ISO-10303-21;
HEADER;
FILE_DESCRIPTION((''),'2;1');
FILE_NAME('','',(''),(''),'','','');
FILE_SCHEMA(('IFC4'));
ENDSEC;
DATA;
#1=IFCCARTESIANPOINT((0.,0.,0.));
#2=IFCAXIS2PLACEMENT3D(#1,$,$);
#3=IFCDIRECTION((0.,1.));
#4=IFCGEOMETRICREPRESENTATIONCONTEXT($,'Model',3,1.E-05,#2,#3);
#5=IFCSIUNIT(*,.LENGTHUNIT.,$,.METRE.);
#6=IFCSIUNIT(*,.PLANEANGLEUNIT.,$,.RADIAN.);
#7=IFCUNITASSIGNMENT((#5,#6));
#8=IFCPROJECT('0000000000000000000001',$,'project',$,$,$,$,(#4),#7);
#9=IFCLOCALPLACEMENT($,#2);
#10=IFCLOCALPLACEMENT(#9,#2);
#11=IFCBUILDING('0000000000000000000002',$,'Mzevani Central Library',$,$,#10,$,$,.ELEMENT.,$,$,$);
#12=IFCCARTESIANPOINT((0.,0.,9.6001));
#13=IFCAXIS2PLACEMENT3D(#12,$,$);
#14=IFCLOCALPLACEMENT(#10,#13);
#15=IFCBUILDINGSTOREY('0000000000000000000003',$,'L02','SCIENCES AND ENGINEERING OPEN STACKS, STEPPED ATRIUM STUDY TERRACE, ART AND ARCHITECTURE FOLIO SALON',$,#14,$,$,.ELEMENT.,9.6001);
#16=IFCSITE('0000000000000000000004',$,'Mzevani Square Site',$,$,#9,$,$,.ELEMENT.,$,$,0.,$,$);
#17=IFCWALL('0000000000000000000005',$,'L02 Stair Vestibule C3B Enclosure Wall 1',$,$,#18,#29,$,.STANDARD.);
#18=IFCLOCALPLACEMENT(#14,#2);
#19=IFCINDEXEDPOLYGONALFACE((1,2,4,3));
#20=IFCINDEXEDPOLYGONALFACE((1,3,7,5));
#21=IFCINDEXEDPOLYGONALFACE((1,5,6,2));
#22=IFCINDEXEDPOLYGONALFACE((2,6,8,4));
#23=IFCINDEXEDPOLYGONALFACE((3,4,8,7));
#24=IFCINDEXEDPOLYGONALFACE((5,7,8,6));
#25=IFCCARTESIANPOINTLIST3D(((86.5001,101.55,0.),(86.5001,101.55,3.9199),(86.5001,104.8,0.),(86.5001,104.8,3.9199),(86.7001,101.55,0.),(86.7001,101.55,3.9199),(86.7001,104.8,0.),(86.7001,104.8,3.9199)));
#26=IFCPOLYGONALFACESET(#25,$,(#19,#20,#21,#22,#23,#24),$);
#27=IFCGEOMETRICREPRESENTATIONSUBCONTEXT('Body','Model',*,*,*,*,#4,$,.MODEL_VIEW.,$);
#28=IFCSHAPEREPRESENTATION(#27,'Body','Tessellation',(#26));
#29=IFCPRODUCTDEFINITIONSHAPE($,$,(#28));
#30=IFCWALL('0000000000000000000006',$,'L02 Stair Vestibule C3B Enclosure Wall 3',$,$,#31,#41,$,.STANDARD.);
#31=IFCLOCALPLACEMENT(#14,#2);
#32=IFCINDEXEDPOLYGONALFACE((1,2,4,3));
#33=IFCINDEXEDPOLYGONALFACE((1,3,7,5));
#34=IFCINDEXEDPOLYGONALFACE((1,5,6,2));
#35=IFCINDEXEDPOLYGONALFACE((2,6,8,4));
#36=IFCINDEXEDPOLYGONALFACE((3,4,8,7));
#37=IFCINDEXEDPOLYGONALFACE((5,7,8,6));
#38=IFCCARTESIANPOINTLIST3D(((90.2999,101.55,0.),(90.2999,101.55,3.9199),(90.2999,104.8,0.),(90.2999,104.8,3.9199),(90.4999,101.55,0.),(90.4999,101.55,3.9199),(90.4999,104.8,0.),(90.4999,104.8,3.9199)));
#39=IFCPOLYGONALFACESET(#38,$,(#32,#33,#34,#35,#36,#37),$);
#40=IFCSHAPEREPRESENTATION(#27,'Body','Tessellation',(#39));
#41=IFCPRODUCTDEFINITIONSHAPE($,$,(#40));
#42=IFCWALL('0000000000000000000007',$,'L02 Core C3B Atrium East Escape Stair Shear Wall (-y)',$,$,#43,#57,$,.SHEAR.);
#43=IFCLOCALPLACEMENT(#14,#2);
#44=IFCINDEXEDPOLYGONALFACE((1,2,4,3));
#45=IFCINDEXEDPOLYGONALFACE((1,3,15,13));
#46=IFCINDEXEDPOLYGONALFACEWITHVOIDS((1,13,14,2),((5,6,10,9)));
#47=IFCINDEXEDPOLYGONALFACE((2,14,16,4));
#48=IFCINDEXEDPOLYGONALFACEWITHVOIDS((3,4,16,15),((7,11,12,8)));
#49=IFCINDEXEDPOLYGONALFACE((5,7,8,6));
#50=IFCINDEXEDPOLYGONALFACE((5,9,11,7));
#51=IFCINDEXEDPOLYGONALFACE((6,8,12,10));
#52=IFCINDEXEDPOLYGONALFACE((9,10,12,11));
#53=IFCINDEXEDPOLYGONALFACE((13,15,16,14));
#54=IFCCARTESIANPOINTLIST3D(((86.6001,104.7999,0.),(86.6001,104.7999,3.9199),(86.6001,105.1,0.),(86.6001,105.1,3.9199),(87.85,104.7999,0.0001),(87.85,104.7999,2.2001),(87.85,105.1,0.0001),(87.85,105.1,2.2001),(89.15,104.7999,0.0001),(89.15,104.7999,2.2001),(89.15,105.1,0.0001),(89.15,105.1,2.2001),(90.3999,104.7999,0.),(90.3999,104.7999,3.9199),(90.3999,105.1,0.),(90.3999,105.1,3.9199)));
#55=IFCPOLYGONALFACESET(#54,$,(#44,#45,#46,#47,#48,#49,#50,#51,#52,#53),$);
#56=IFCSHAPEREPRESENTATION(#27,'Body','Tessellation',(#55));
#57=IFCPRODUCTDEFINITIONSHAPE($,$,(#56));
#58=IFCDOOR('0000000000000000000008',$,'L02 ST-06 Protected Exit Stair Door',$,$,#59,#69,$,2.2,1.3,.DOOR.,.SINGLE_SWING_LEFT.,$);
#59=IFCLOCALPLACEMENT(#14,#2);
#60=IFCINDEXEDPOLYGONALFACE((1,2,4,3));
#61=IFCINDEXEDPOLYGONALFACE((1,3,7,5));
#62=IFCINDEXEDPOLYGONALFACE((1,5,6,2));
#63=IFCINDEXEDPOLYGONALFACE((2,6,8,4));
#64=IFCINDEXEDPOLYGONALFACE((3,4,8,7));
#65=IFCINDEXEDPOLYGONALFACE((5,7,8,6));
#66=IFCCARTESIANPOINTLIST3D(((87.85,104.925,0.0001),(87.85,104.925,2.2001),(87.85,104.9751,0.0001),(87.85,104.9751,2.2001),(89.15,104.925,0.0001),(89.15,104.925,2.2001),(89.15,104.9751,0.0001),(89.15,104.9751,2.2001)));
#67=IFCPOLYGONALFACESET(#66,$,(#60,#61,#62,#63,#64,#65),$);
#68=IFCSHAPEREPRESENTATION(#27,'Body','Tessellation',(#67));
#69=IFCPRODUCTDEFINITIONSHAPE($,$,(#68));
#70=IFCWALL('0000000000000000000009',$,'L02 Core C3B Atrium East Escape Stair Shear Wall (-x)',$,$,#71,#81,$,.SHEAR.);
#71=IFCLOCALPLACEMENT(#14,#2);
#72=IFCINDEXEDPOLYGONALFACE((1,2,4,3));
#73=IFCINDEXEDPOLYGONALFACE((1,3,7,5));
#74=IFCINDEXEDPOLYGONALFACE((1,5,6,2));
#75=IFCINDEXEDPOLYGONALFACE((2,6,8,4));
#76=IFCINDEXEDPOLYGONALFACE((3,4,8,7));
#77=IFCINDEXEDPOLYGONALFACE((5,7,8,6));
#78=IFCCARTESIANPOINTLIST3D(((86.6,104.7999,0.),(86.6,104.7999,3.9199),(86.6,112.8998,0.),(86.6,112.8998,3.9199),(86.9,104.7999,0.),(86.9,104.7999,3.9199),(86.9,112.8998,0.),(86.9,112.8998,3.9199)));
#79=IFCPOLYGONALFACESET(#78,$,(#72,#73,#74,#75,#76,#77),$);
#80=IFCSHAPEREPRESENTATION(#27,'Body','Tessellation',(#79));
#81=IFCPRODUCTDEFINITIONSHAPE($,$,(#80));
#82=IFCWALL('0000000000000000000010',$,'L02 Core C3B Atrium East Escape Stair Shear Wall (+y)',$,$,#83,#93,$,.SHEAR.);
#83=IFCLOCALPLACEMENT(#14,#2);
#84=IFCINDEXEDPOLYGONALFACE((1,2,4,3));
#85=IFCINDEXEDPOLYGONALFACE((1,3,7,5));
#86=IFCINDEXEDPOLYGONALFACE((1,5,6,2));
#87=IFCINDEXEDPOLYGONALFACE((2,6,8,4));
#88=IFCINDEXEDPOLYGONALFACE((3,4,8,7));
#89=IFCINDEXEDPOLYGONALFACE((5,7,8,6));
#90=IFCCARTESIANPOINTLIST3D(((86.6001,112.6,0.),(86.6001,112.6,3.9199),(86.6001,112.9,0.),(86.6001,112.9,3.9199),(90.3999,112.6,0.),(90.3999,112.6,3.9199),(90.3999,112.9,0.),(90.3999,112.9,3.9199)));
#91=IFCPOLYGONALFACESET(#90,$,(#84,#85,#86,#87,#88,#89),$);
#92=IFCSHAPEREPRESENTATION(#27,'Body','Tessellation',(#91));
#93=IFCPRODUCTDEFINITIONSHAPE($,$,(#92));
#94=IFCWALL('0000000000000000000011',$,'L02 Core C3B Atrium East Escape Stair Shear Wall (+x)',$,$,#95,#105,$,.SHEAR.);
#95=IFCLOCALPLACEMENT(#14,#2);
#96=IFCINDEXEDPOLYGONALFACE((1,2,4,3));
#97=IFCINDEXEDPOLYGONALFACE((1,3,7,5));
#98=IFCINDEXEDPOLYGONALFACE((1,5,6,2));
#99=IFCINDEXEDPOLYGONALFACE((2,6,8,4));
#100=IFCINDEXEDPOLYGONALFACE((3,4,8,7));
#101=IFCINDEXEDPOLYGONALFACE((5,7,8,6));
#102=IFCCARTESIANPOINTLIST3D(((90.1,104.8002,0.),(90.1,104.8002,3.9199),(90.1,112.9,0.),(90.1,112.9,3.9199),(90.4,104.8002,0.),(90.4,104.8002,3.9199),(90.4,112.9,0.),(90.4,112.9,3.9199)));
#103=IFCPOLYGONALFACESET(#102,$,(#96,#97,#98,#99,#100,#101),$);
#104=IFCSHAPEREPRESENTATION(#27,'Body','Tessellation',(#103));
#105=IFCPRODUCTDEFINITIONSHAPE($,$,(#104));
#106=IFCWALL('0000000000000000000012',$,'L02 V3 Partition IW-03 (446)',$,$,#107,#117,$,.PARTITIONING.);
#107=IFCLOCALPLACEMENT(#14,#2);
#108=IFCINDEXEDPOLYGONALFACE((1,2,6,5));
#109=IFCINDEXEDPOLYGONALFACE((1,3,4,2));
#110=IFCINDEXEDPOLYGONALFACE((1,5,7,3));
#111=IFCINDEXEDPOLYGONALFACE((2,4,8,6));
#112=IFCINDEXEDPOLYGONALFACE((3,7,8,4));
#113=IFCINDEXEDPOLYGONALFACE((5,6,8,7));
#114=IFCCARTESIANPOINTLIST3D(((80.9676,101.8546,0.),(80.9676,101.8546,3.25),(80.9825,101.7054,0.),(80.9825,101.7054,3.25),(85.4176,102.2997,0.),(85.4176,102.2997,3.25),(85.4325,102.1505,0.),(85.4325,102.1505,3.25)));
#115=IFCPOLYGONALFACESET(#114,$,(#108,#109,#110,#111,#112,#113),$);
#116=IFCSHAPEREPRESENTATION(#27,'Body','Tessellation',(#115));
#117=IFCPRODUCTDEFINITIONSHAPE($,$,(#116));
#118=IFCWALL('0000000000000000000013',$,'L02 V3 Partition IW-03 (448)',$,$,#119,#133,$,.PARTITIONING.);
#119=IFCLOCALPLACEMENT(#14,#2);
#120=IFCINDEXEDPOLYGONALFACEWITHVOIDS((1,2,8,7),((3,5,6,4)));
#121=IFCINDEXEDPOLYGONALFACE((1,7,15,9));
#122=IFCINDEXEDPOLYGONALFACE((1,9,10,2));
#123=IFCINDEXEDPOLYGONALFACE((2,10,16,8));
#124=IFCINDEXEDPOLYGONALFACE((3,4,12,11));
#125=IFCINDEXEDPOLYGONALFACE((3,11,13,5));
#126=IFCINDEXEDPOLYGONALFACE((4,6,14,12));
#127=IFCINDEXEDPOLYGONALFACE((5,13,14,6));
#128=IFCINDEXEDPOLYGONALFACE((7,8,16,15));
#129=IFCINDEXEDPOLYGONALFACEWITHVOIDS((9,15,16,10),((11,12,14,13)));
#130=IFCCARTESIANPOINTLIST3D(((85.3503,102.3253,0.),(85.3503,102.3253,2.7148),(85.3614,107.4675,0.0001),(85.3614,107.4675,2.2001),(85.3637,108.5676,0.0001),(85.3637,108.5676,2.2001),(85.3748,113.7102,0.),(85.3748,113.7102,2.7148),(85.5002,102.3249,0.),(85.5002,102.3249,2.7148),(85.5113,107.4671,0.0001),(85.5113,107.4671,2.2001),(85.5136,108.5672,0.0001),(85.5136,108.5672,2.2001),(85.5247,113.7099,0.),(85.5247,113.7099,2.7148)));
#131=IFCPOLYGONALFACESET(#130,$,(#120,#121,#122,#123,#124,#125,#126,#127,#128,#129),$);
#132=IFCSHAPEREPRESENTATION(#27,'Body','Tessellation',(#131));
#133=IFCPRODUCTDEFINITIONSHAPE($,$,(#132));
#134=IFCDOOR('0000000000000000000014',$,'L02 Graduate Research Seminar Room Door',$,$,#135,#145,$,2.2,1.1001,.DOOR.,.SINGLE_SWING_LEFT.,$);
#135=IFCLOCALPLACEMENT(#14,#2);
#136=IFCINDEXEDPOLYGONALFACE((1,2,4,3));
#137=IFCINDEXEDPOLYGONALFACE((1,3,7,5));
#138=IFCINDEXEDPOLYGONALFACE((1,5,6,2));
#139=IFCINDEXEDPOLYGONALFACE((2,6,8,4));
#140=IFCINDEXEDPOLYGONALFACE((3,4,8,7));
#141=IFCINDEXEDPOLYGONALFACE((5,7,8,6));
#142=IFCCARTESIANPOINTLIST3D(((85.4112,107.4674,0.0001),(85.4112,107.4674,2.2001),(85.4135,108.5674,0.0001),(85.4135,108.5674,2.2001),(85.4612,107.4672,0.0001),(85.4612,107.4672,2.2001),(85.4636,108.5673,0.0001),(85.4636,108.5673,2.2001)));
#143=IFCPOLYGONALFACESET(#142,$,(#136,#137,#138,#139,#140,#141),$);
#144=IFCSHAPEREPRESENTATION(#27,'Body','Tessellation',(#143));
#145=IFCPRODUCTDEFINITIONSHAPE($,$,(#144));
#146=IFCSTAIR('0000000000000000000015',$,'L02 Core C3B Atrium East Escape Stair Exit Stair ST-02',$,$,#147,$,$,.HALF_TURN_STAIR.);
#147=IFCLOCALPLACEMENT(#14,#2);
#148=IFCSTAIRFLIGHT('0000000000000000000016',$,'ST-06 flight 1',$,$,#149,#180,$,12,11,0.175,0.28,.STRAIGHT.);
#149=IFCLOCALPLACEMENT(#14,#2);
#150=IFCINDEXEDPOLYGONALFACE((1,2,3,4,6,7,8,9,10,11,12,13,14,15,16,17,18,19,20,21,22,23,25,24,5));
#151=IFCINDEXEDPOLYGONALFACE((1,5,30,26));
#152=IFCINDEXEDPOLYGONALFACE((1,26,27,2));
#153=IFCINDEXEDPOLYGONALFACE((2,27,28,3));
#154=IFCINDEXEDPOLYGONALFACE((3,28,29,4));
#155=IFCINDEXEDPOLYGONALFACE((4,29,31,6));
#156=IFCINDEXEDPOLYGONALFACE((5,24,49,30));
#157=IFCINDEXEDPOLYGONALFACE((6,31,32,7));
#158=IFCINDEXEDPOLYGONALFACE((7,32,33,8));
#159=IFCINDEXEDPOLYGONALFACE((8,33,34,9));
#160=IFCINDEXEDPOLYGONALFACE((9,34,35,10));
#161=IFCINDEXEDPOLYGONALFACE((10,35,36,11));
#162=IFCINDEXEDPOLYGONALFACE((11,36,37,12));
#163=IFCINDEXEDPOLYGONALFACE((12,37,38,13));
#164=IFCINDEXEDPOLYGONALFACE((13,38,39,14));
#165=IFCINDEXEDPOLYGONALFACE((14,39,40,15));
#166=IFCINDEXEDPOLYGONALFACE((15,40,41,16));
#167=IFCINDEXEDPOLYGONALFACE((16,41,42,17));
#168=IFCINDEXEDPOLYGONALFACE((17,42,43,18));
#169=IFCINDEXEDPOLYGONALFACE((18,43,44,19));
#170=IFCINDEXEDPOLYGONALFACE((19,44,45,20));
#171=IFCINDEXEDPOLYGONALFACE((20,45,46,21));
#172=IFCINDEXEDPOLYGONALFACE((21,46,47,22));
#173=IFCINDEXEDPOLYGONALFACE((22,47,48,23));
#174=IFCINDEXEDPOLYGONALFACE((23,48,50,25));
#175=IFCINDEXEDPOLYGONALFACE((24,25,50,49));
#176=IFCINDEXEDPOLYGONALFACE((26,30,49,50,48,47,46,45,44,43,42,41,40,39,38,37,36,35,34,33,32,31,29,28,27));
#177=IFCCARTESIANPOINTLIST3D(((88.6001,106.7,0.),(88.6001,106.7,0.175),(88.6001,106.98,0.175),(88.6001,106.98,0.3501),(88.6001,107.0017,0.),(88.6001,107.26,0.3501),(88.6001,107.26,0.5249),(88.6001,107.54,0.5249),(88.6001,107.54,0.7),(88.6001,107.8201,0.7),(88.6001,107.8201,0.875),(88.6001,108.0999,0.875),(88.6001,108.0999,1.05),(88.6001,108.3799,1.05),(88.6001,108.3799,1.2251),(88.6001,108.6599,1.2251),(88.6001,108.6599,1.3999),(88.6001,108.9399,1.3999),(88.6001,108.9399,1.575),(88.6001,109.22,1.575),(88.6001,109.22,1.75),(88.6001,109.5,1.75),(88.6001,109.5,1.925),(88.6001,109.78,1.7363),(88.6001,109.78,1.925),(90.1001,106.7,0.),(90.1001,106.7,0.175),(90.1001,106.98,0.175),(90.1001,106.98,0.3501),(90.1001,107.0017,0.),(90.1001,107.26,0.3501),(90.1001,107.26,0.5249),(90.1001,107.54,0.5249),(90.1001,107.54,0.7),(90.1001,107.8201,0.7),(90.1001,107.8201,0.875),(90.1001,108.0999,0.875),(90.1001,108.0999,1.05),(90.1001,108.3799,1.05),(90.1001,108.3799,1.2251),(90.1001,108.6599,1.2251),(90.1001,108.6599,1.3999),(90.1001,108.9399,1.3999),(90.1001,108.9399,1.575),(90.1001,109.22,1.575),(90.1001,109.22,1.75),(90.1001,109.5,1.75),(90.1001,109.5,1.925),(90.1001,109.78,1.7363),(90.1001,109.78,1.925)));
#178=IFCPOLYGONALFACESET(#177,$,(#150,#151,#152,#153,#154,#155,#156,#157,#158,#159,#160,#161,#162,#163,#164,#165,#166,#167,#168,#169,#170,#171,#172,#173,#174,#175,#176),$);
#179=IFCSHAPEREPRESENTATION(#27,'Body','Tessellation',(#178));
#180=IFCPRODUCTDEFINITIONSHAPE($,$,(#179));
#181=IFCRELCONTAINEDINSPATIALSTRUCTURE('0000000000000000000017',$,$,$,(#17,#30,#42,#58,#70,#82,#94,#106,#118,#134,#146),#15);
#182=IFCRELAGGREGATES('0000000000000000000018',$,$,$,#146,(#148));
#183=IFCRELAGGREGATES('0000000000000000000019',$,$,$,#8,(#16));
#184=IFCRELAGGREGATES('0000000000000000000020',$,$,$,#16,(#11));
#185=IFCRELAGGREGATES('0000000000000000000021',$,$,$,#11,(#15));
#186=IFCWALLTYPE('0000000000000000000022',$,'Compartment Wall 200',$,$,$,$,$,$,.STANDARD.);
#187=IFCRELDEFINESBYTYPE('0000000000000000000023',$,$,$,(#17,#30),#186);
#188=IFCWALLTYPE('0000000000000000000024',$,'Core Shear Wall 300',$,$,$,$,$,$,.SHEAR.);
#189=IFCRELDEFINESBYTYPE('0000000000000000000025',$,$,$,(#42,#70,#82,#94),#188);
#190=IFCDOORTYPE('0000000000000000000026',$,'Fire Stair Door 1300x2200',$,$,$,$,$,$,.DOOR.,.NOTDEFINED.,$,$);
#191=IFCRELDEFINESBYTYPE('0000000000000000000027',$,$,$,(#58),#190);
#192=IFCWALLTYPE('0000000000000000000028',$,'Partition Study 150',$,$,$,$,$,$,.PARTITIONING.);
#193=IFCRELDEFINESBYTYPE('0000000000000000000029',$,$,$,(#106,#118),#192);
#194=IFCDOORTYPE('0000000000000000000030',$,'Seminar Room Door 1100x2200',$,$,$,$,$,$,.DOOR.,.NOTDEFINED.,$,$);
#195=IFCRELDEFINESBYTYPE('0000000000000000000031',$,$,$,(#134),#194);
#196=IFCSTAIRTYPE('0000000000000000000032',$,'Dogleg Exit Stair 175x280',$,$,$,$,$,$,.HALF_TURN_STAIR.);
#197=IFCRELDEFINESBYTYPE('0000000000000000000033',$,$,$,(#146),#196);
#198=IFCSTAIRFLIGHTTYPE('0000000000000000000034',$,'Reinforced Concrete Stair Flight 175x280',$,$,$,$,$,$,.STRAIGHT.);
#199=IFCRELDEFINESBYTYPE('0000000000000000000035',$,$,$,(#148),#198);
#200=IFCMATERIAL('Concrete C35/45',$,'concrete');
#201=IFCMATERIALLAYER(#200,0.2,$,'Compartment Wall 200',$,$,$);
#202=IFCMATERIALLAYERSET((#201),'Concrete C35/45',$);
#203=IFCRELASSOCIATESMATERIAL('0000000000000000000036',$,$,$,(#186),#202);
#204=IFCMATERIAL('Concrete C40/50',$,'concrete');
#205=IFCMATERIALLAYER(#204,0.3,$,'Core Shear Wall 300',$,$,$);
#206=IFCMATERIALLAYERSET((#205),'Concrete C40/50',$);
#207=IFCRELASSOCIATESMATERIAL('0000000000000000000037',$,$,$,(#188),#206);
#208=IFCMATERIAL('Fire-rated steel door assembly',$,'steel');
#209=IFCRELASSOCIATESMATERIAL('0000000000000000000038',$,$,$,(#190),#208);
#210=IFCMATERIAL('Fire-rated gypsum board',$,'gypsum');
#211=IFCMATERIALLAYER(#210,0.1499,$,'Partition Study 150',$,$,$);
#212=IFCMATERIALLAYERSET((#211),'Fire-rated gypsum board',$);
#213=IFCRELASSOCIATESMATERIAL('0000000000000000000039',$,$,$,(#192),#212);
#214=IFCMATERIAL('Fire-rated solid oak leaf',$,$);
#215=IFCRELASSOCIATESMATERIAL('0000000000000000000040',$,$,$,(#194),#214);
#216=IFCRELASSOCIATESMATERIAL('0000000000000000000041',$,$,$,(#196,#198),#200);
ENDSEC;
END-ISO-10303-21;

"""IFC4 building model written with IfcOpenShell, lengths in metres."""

from ifc_helpers import new_model, si_unit, direction, frame, frame_2d, origin, place, context, subcontext, project, spatial, polyline, rectangle, outline, extrude, material, layer, layer_set, type_object, element, fill, aggregate, save


model = new_model("IFC4")

# Units and contexts
model_context = context("Model", 3, precision=1e-05, world=origin(), true_north=direction((0.0, 1.0)))
body_context = subcontext(model_context, "Body", "Model", "MODEL_VIEW")
ifc_project = project(units=[si_unit("LENGTHUNIT", "METRE"), si_unit("PLANEANGLEUNIT", "RADIAN")], contexts=[model_context])

# Site, building, storey
site_placement = place(None, origin())
site = spatial("IfcSite", under=ifc_project, at=site_placement, Name="Mzevani Square Site", CompositionType="ELEMENT", RefElevation=0.0)
building_placement = place(site_placement, origin())
building = spatial("IfcBuilding", under=site, at=building_placement, Name="Mzevani Central Library", CompositionType="ELEMENT")
storey_placement = place(building_placement, frame((0.0, 0.0, 9.6001)))
storey = spatial("IfcBuildingStorey", under=building, at=storey_placement, Name="L02", Description="SCIENCES AND ENGINEERING OPEN STACKS, STEPPED ATRIUM STUDY TERRACE, ART AND ARCHITECTURE FOLIO SALON", CompositionType="ELEMENT", Elevation=9.6001)

# Shared definitions
ifc_material_1 = material(Name="Concrete C40/50", Category="concrete")

# Shared definitions
ifc_material_2 = material(Name="Concrete C35/45", Category="concrete")

# Walls
ifc_layer_1 = layer(ifc_material_2, 0.2, Name="Compartment Wall 200")
ifc_layer_set_1 = layer_set([ifc_layer_1], Name="Concrete C35/45")
wall_type_1 = type_object("IfcWallType", Name="Compartment Wall 200", PredefinedType="STANDARD", material=ifc_layer_set_1)
for number, where, z_axis, x_axis, name in (
    (1, (86.6001, 104.8, 0.0), (0.0, 0.0, 1.0), (0.0, -1.0, 0.0), "L02 Stair Vestibule C3B Enclosure Wall 1"),
    (2, (90.3999, 101.55, 0.0), (0.0, 0.0, 1.0), (0.0, 1.0, 0.0), "L02 Stair Vestibule C3B Enclosure Wall 3"),
):
    element("IfcWall", number, at=place(storey_placement, frame(where, z_axis=z_axis, x_axis=x_axis)), inside=storey, type_object=wall_type_1, Name=name, PredefinedType="STANDARD", context=body_context, shape_type="SweptSolid", body=[
        extrude(rectangle(XDim=3.25, YDim=0.2, at=frame_2d((1.625, 0.0))), origin(), (0.0, 0.0, 1.0), 3.9199),
    ])

# Wall, opening, door
ifc_layer_2 = layer(ifc_material_1, 0.3, Name="Core Shear Wall 300")
ifc_layer_set_2 = layer_set([ifc_layer_2], Name="Concrete C40/50")
wall_type_2 = type_object("IfcWallType", Name="Core Shear Wall 300", PredefinedType="SHEAR", material=ifc_layer_set_2)
wall_1_placement = place(storey_placement, frame((90.3999, 104.95, 0.0), z_axis=(0.0, 0.0, 1.0), x_axis=(-1.0, 0.0, 0.0)))
wall_1 = element("IfcWall", 3, at=wall_1_placement, inside=storey, type_object=wall_type_2, Name="L02 Core C3B Atrium East Escape Stair Shear Wall (-y)", PredefinedType="SHEAR", context=body_context, shape_type="SweptSolid", body=[
    extrude(rectangle(XDim=3.7998, YDim=0.3, at=frame_2d((1.8999, 0.0))), origin(), (0.0, 0.0, 1.0), 3.9199),
])
opening_1_placement = place(wall_1_placement, frame((1.25, 0.0, 0.0)))
opening_1 = element("IfcOpeningElement", 4, at=opening_1_placement, cuts=wall_1, PredefinedType="OPENING", context=body_context, shape_type="SweptSolid", body=[
    extrude(rectangle(XDim=1.3, YDim=2.2, at=frame_2d((0.6499, 1.1001))), frame((0.0, 0.1602, 0.0), z_axis=(0.0, -1.0, 0.0), x_axis=(1.0, 0.0, 0.0)), (0.0, 0.0, 1.0), 0.3201),
])
ifc_material_3 = material(Name="Fire-rated steel door assembly", Category="steel")
door_type_1 = type_object("IfcDoorType", Name="Fire Stair Door 1300x2200", OperationType="NOTDEFINED", PredefinedType="DOOR", material=ifc_material_3)
door_1_placement = place(opening_1_placement, origin())
door_1 = element("IfcDoor", 5, at=door_1_placement, inside=storey, type_object=door_type_1, Name="L02 ST-06 Protected Exit Stair Door", OperationType="SINGLE_SWING_LEFT", OverallHeight=2.2, OverallWidth=1.3, PredefinedType="DOOR", context=body_context, shape_type="SweptSolid", body=[
    extrude(rectangle(XDim=1.3, YDim=2.2, at=frame_2d((0.6499, 1.1001))), frame((0.0, 0.0249, 0.0), z_axis=(0.0, -1.0, 0.0), x_axis=(1.0, 0.0, 0.0)), (0.0, 0.0, 1.0), 0.05),
])
fill(opening_1, door_1)

# Walls
wall_2_placement = place(storey_placement, frame((86.75, 104.8, 0.0), z_axis=(0.0, 0.0, 1.0), x_axis=(0.0, 1.0, 0.0)))
element("IfcWall", 6, at=wall_2_placement, inside=storey, type_object=wall_type_2, Name="L02 Core C3B Atrium East Escape Stair Shear Wall (-x)", PredefinedType="SHEAR", context=body_context, shape_type="SweptSolid", body=[
    extrude(rectangle(XDim=8.0999, YDim=0.3, at=frame_2d((4.0498, 0.0))), origin(), (0.0, 0.0, 1.0), 3.9199),
])
wall_3_placement = place(storey_placement, frame((86.6001, 112.75, 0.0), z_axis=(0.0, 0.0, 1.0), x_axis=(1.0, 0.0, 0.0)))
element("IfcWall", 7, at=wall_3_placement, inside=storey, type_object=wall_type_2, Name="L02 Core C3B Atrium East Escape Stair Shear Wall (+y)", PredefinedType="SHEAR", context=body_context, shape_type="SweptSolid", body=[
    extrude(rectangle(XDim=3.7998, YDim=0.3, at=frame_2d((1.8999, 0.0))), origin(), (0.0, 0.0, 1.0), 3.9199),
])
wall_4_placement = place(storey_placement, frame((90.25, 112.8999, 0.0), z_axis=(0.0, 0.0, 1.0), x_axis=(0.0, -1.0, 0.0)))
element("IfcWall", 8, at=wall_4_placement, inside=storey, type_object=wall_type_2, Name="L02 Core C3B Atrium East Escape Stair Shear Wall (+x)", PredefinedType="SHEAR", context=body_context, shape_type="SweptSolid", body=[
    extrude(rectangle(XDim=8.0999, YDim=0.3, at=frame_2d((4.0498, 0.0))), origin(), (0.0, 0.0, 1.0), 3.9199),
])
ifc_material_4 = material(Name="Fire-rated gypsum board", Category="gypsum")
ifc_layer_3 = layer(ifc_material_4, 0.1499, Name="Partition Study 150")
ifc_layer_set_3 = layer_set([ifc_layer_3], Name="Fire-rated gypsum board")
wall_type_3 = type_object("IfcWallType", Name="Partition Study 150", PredefinedType="PARTITIONING", material=ifc_layer_set_3)
wall_5_placement = place(storey_placement, frame((85.425, 102.2251, 0.0), z_axis=(0.0, 0.0, 1.0), x_axis=(-0.995036, -0.09952, 0.0)))
element("IfcWall", 9, at=wall_5_placement, inside=storey, type_object=wall_type_3, Name="L02 V3 Partition IW-03 (446)", PredefinedType="PARTITIONING", context=body_context, shape_type="SweptSolid", body=[
    extrude(rectangle(XDim=4.4722, YDim=0.1499, at=frame_2d((2.2361, 0.0))), origin(), (0.0, 0.0, 1.0), 3.25),
])

# Wall, opening, door
wall_6_placement = place(storey_placement, frame((85.4497, 113.71, 0.0), z_axis=(0.0, 0.0, 1.0), x_axis=(-0.002144, -0.999998, 0.0)))
wall_6 = element("IfcWall", 10, at=wall_6_placement, inside=storey, type_object=wall_type_3, Name="L02 V3 Partition IW-03 (448)", PredefinedType="PARTITIONING", context=body_context, shape_type="SweptSolid", body=[
    extrude(rectangle(XDim=11.385, YDim=0.1499, at=frame_2d((5.6924, 0.0))), origin(), (0.0, 0.0, 1.0), 2.7148),
])
opening_2_placement = place(wall_6_placement, frame((5.1426, 0.0, 0.0)))
opening_2 = element("IfcOpeningElement", 11, at=opening_2_placement, cuts=wall_6, PredefinedType="OPENING", context=body_context, shape_type="SweptSolid", body=[
    extrude(rectangle(XDim=1.1001, YDim=2.2, at=frame_2d((0.55, 1.1001))), frame((0.0, 0.085, 0.0), z_axis=(0.0, -1.0, 0.0), x_axis=(1.0, 0.0, 0.0)), (0.0, 0.0, 1.0), 0.1699),
])
ifc_material_5 = material(Name="Fire-rated solid oak leaf")
door_type_2 = type_object("IfcDoorType", Name="Seminar Room Door 1100x2200", OperationType="NOTDEFINED", PredefinedType="DOOR", material=ifc_material_5)
door_2_placement = place(opening_2_placement, origin())
door_2 = element("IfcDoor", 12, at=door_2_placement, inside=storey, type_object=door_type_2, Name="L02 Graduate Research Seminar Room Door", OperationType="SINGLE_SWING_LEFT", OverallHeight=2.2, OverallWidth=1.1001, PredefinedType="DOOR", context=body_context, shape_type="SweptSolid", body=[
    extrude(rectangle(XDim=1.1001, YDim=2.2, at=frame_2d((0.55, 1.1001))), frame((0.0, 0.0249, 0.0), z_axis=(0.0, -1.0, 0.0), x_axis=(1.0, 0.0, 0.0)), (0.0, 0.0, 1.0), 0.05),
])
fill(opening_2, door_2)

# Stair, stair flight
stair_type = type_object("IfcStairType", Name="Dogleg Exit Stair 175x280", PredefinedType="HALF_TURN_STAIR", material=ifc_material_2)
stair_placement = place(storey_placement, origin())
stair = element("IfcStair", 13, at=stair_placement, inside=storey, type_object=stair_type, Name="L02 Core C3B Atrium East Escape Stair Exit Stair ST-02", PredefinedType="HALF_TURN_STAIR")
stair_flight_type = type_object("IfcStairFlightType", Name="Reinforced Concrete Stair Flight 175x280", PredefinedType="STRAIGHT", material=ifc_material_2)
stair_flight_1_placement = place(storey_placement, frame((89.3501, 106.7, 0.0), z_axis=(0.0, 0.0, 1.0), x_axis=(0.0, 1.0, 0.0)))
stair_flight_1 = element("IfcStairFlight", 14, at=stair_flight_1_placement, type_object=stair_flight_type, Name="ST-06 flight 1", NumberOfRisers=12, NumberOfTreads=11, PredefinedType="STRAIGHT", RiserHeight=0.175, TreadLength=0.28, context=body_context, shape_type="SweptSolid", body=[
    extrude(outline(polyline([(0.0, 0.0), (0.0, 0.175), (0.28, 0.175), (0.28, 0.3501), (0.5601, 0.3501), (0.5601, 0.5249), (0.8401, 0.5249), (0.8401, 0.7), (1.1201, 0.7), (1.1201, 0.875), (1.3999, 0.875), (1.3999, 1.05), (1.6799, 1.05), (1.6799, 1.2251), (1.96, 1.2251), (1.96, 1.3999), (2.24, 1.3999), (2.24, 1.575), (2.52, 1.575), (2.52, 1.75), (2.8, 1.75), (2.8, 1.925), (3.0801, 1.925), (3.0801, 2.1001), (3.0801, 1.7363), (0.3018, 0.0), (0.0, 0.0)])), frame((0.0, 0.75, 0.0), z_axis=(0.0, -1.0, 0.0), x_axis=(1.0, 0.0, 0.0)), (0.0, 0.0, 1.0), 1.5),
])
aggregate(stair, [stair_flight_1])

save(model, "model.ifc")
